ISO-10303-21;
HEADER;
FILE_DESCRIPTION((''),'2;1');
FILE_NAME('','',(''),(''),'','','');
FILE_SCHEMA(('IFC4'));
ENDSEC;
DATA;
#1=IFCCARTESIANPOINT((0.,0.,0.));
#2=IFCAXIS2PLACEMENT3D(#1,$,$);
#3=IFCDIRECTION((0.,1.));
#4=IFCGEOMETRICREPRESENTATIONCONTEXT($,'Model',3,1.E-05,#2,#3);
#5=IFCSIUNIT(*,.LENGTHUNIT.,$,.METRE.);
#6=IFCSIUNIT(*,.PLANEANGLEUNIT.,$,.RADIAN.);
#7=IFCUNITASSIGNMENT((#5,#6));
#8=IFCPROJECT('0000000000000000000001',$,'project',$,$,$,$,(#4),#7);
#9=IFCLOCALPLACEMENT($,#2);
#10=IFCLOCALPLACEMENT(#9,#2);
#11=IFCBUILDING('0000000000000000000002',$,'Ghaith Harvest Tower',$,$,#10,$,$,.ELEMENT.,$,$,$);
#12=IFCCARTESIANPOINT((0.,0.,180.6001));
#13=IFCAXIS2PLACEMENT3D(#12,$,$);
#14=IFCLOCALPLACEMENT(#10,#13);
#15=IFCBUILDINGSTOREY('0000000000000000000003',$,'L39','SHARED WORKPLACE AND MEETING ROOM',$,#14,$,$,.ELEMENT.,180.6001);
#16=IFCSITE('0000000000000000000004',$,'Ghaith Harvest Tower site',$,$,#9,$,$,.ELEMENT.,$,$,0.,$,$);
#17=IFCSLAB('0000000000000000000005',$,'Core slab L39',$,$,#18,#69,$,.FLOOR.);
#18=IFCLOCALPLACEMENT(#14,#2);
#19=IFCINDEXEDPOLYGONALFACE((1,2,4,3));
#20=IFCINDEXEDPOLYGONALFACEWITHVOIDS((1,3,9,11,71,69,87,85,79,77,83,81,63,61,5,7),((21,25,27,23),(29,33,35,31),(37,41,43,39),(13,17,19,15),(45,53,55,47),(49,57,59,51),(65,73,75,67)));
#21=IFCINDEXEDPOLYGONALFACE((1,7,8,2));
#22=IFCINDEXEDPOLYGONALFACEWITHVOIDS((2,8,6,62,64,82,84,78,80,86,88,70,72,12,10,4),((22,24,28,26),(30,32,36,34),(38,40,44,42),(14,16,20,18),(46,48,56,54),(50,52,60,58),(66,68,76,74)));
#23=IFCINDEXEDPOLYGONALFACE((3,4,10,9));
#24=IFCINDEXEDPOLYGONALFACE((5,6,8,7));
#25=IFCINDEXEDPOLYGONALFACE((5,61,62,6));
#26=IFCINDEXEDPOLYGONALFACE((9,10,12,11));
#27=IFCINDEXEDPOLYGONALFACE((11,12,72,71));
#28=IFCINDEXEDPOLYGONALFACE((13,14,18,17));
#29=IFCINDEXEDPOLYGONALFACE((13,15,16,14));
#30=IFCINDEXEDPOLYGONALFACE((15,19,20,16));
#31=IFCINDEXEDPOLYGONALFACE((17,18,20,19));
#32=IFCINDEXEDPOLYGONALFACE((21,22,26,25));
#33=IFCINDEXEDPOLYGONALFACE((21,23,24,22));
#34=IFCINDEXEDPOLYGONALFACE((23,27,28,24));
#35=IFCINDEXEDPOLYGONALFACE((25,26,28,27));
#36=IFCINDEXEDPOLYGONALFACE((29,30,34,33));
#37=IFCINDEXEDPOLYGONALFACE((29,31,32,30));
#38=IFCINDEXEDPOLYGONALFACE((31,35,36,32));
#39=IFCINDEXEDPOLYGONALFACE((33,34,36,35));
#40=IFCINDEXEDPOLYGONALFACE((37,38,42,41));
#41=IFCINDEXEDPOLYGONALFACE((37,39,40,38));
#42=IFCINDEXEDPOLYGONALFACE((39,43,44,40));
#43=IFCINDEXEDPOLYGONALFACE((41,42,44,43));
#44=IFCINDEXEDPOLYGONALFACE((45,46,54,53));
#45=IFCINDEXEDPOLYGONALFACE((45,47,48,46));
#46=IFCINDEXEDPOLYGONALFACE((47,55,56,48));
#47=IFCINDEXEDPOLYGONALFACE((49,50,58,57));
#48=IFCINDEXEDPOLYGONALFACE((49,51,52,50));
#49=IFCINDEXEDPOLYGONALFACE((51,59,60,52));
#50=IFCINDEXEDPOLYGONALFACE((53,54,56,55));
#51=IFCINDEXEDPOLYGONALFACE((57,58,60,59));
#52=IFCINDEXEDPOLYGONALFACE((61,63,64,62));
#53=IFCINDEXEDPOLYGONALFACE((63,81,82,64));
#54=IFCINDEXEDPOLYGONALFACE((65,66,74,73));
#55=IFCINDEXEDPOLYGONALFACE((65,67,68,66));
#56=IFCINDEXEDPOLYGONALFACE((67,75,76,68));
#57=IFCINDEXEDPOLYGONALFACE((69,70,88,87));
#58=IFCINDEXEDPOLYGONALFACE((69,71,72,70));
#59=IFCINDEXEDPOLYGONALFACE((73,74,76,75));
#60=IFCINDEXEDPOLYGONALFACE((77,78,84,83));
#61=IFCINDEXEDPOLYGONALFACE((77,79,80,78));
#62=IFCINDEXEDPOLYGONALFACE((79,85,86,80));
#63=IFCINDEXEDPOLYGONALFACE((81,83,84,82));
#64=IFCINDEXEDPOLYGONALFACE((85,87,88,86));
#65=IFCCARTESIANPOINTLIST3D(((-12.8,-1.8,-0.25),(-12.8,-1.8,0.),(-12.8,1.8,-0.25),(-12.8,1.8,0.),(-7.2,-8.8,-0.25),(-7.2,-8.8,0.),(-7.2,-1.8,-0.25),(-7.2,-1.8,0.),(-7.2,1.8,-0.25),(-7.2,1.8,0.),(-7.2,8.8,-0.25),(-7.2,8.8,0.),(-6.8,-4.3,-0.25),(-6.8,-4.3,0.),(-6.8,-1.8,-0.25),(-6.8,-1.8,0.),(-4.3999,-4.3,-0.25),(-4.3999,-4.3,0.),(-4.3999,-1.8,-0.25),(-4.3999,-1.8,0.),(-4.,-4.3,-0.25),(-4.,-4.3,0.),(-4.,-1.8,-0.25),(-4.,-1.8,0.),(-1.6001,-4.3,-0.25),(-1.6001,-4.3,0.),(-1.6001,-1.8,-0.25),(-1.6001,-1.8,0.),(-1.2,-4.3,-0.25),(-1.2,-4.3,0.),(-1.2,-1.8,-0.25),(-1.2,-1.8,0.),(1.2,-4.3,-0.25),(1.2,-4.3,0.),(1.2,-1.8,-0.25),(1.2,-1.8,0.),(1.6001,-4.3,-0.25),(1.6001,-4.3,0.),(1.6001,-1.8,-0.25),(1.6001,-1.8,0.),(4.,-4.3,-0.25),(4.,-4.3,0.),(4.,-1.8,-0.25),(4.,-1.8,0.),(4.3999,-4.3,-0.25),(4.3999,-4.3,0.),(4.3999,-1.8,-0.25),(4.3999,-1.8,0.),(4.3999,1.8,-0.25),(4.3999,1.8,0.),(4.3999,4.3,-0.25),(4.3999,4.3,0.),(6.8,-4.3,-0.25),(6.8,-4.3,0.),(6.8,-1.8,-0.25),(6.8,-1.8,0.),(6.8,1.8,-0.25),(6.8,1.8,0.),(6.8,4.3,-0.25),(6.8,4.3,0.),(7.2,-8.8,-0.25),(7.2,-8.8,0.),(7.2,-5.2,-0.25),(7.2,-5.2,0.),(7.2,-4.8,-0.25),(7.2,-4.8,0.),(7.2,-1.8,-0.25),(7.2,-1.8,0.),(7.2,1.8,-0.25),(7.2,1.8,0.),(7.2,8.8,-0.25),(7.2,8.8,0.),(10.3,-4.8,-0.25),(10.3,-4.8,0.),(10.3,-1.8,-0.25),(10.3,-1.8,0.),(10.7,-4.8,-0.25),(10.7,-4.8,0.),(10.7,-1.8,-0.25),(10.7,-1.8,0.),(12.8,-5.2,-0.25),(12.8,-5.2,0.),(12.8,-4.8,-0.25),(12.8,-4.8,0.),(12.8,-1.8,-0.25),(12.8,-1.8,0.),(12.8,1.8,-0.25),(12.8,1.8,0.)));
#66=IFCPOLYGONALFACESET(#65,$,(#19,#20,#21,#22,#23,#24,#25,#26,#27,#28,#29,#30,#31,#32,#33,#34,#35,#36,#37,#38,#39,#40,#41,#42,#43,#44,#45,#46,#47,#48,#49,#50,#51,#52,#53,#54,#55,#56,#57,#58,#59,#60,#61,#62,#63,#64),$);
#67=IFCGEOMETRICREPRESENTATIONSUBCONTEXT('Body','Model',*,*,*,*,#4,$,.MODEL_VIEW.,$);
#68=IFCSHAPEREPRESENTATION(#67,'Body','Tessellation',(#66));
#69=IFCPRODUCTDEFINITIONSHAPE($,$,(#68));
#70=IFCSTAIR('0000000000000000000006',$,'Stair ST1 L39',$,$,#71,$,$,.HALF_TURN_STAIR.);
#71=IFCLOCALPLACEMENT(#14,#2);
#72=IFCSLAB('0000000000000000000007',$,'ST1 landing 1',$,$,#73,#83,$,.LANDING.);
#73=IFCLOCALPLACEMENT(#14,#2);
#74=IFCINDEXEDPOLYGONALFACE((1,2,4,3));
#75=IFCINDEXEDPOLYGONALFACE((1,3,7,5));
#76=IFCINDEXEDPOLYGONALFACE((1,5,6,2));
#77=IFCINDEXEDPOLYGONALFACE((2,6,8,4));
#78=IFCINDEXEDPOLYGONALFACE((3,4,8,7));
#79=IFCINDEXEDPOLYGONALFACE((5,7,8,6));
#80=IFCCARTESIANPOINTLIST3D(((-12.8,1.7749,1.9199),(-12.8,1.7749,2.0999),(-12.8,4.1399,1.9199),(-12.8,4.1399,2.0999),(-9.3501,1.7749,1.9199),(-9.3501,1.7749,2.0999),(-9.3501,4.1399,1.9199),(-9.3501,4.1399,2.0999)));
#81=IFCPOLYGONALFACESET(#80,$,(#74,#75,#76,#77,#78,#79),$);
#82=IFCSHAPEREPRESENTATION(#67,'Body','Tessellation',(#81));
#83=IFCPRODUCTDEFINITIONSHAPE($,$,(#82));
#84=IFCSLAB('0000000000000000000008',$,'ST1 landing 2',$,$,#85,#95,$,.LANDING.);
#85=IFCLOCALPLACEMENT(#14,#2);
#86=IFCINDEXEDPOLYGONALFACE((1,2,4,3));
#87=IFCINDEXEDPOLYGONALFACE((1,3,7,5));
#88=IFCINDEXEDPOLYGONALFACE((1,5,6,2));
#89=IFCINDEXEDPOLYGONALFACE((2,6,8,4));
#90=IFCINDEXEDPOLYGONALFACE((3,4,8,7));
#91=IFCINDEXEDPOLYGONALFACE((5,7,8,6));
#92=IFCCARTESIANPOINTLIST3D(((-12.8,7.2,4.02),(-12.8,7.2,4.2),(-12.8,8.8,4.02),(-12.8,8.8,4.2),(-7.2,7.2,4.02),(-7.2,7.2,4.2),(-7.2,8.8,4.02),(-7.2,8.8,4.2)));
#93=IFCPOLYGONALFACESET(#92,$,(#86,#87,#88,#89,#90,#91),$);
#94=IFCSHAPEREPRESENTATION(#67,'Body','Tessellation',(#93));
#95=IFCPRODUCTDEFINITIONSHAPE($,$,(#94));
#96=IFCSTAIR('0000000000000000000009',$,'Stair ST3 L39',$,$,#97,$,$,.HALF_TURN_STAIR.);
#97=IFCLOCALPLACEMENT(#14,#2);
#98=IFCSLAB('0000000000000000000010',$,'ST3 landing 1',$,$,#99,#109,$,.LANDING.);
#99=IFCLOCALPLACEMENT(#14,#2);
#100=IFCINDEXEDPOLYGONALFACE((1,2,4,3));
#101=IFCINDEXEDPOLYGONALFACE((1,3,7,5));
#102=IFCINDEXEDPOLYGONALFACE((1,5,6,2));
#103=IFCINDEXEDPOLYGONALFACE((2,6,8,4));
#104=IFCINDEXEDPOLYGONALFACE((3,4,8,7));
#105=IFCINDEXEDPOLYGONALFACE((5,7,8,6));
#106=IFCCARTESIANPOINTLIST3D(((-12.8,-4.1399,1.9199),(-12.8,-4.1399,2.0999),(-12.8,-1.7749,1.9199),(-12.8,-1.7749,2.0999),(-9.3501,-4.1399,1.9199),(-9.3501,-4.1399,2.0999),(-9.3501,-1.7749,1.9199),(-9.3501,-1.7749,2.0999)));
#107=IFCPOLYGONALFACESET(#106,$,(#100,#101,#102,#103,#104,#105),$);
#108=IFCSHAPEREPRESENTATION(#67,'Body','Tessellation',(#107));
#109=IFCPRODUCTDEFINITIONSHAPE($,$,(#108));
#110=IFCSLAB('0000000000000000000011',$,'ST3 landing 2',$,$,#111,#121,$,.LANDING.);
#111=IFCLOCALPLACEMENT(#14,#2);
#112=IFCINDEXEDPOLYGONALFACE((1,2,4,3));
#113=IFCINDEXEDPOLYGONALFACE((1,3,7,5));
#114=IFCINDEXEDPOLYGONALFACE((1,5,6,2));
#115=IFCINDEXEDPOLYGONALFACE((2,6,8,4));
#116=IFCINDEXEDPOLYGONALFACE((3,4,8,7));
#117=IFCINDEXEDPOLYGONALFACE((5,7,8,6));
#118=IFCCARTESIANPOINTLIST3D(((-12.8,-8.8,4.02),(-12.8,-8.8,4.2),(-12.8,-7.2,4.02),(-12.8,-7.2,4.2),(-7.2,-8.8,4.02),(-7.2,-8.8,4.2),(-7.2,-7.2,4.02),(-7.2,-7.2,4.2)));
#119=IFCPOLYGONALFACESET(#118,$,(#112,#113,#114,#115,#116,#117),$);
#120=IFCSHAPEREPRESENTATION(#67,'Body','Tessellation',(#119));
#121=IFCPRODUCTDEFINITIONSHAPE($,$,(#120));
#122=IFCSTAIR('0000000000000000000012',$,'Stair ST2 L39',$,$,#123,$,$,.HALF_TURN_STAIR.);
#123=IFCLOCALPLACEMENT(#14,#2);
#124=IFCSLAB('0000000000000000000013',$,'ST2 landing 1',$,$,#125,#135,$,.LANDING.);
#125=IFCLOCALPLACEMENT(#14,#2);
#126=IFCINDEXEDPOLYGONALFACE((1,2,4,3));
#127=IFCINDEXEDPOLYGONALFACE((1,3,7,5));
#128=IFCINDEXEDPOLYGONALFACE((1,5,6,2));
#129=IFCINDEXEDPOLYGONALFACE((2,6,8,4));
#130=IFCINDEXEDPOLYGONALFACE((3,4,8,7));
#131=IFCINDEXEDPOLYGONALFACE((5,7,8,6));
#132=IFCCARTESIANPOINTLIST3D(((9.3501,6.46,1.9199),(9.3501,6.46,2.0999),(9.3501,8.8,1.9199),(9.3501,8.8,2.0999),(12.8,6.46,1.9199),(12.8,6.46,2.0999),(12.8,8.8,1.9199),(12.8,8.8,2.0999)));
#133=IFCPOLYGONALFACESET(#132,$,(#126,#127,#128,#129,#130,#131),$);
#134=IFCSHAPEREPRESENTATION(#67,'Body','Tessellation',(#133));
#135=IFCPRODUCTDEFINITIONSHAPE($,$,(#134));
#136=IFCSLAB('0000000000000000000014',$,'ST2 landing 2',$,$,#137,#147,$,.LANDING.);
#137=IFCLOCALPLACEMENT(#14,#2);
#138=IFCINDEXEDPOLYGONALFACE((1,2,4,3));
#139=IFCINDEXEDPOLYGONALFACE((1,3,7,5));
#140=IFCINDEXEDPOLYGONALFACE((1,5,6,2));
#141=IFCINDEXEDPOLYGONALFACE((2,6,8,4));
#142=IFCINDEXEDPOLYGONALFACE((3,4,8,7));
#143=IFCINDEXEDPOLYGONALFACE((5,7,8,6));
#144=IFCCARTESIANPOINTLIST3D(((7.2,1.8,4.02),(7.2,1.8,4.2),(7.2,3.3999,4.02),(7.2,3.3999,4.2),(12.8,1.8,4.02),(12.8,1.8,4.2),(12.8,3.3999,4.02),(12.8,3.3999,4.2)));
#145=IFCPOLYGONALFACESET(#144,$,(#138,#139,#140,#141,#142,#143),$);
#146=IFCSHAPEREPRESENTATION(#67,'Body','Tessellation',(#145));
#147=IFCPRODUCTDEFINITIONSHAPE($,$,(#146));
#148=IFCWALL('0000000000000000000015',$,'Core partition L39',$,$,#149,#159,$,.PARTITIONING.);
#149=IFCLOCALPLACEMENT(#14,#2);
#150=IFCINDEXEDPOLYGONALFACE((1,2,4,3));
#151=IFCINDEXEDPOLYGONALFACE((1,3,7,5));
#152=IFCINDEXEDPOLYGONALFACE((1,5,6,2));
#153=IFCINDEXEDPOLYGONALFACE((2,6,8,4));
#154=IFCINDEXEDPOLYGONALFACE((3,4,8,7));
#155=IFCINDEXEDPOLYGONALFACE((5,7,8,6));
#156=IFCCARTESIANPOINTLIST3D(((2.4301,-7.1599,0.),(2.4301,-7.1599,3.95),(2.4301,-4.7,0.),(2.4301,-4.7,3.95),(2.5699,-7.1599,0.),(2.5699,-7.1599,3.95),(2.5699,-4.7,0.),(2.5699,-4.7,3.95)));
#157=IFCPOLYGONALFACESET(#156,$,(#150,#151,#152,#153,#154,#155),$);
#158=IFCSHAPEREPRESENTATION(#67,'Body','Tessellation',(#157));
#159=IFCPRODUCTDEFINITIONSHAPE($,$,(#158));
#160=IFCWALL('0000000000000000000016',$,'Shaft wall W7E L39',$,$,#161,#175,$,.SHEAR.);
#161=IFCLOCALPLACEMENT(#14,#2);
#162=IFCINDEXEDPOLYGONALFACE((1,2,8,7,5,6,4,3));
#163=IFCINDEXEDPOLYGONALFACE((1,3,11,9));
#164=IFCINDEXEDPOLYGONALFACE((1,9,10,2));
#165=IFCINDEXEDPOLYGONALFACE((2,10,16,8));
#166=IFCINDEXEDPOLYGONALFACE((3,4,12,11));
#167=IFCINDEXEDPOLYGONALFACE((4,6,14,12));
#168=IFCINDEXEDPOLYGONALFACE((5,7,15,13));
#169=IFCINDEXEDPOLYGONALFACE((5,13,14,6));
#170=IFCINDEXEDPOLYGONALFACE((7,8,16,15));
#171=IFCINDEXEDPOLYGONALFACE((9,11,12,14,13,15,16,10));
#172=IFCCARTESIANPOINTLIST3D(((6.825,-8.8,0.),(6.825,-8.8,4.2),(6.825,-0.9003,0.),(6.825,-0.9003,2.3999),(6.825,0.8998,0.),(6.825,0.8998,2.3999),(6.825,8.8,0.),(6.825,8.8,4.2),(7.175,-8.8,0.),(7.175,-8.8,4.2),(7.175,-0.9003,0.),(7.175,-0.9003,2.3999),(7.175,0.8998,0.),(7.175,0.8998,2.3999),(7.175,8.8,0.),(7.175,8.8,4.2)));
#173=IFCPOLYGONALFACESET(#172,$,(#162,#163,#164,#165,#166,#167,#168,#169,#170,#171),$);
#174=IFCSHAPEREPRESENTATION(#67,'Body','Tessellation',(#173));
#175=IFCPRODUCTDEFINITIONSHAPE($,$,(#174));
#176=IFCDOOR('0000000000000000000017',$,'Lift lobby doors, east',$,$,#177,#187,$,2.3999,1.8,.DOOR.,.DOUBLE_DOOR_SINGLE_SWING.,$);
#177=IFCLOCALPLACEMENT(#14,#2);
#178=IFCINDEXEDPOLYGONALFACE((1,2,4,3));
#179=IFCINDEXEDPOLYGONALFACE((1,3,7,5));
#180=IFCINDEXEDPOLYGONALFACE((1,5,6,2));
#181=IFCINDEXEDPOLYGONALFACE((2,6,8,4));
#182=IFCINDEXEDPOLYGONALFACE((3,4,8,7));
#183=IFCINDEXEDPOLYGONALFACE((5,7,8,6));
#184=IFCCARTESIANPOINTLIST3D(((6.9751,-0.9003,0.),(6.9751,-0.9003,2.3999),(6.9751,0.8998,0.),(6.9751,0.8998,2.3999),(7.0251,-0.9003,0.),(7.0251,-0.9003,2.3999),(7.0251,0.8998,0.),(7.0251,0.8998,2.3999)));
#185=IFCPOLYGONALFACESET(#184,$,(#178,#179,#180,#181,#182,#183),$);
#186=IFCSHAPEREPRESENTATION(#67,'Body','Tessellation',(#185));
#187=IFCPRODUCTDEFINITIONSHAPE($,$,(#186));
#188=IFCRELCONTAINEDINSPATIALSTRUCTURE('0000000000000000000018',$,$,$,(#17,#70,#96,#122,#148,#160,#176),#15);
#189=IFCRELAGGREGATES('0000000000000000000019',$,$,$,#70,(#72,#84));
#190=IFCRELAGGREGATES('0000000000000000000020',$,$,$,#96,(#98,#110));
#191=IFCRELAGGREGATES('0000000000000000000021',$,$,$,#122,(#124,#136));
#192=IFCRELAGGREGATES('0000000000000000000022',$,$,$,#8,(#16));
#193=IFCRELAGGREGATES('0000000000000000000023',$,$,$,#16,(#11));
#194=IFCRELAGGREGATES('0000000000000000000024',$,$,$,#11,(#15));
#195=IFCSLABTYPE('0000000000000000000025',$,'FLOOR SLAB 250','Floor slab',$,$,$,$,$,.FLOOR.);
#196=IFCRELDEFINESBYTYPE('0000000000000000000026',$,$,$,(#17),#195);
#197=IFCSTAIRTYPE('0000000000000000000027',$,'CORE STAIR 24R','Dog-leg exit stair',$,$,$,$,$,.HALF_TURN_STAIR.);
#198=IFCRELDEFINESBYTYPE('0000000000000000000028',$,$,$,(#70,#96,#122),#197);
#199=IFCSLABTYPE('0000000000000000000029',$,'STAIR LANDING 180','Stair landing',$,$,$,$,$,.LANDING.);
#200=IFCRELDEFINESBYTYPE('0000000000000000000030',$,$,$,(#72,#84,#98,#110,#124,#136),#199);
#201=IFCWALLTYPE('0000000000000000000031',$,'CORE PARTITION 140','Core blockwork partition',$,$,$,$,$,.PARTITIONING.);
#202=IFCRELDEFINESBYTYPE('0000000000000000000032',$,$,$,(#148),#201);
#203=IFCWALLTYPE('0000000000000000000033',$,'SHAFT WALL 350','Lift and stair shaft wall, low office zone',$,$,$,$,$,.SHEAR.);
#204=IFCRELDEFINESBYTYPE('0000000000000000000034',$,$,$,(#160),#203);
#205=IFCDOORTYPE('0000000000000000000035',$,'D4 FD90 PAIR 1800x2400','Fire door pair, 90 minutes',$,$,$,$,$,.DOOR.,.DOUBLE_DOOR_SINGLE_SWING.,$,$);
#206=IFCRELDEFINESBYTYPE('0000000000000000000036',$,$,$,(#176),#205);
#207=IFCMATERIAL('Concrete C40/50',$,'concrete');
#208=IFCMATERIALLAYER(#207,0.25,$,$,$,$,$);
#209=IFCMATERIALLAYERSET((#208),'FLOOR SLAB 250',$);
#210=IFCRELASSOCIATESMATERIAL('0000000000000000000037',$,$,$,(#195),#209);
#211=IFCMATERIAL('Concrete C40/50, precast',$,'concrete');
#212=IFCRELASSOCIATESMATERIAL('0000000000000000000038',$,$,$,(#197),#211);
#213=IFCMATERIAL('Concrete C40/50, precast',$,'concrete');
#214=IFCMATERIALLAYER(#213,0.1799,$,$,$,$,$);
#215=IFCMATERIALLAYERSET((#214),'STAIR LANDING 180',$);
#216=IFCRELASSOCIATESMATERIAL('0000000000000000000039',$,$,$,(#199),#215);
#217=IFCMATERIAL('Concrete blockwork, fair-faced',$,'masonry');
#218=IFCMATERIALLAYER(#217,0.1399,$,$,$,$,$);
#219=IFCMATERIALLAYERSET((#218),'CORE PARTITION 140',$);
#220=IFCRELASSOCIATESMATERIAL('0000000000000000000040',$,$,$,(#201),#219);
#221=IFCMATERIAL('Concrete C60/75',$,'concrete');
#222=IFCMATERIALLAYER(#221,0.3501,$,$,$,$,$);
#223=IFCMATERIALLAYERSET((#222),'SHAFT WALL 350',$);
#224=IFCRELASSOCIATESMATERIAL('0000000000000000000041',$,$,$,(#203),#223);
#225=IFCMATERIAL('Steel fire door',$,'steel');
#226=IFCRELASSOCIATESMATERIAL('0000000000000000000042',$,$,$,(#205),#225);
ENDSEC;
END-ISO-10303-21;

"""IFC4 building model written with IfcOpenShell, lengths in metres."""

from ifc_helpers import new_model, si_unit, direction, frame, frame_2d, origin, place, context, subcontext, project, spatial, polyline, rectangle, outline, extrude, material, layer, layer_set, type_object, element, fill, aggregate, save


model = new_model("IFC4")

# Units and contexts
model_context = context("Model", 3, precision=1e-05, world=origin(), true_north=direction((0.0, 1.0)))
body_context = subcontext(model_context, "Body", "Model", "MODEL_VIEW")
ifc_project = project(units=[si_unit("LENGTHUNIT", "METRE"), si_unit("PLANEANGLEUNIT", "RADIAN")], contexts=[model_context])

# Site, building, storey
site_placement = place(None, origin())
site = spatial("IfcSite", under=ifc_project, at=site_placement, Name="Ghaith Harvest Tower site", CompositionType="ELEMENT", RefElevation=0.0)
building_placement = place(site_placement, origin())
building = spatial("IfcBuilding", under=site, at=building_placement, Name="Ghaith Harvest Tower", CompositionType="ELEMENT")
storey_placement = place(building_placement, frame((0.0, 0.0, 180.6001)))
storey = spatial("IfcBuildingStorey", under=building, at=storey_placement, Name="L39", Description="SHARED WORKPLACE AND MEETING ROOM", CompositionType="ELEMENT", Elevation=180.6001)

# Slab
ifc_material_1 = material(Name="Concrete C40/50", Category="concrete")
ifc_layer_1 = layer(ifc_material_1, 0.25)
ifc_layer_set_1 = layer_set([ifc_layer_1], Name="FLOOR SLAB 250")
slab_type_1 = type_object("IfcSlabType", Name="FLOOR SLAB 250", Description="Floor slab", PredefinedType="FLOOR", material=ifc_layer_set_1)
slab_1_placement = place(storey_placement, frame((0.0, 0.0, -0.25)))
element("IfcSlab", 1, at=slab_1_placement, inside=storey, type_object=slab_type_1, Name="Core slab L39", PredefinedType="FLOOR", context=body_context, shape_type="SweptSolid", body=[
    extrude(outline(polyline([(-12.8, 1.8), (-7.2, 1.8), (-7.2, 8.8), (7.2, 8.8), (7.2, 1.8), (12.8, 1.8), (12.8, -1.8), (10.7, -1.8), (10.7, -4.8), (12.8, -4.8), (12.8, -5.2), (7.2, -5.2), (7.2, -8.8), (-7.2, -8.8), (-7.2, -1.8), (-12.8, -1.8), (-12.8, 1.8)]), holes=[polyline([(-4.3999, -4.3), (-4.3999, -1.8), (-6.8, -1.8), (-6.8, -4.3), (-4.3999, -4.3)]), polyline([(-1.6001, -4.3), (-1.6001, -1.8), (-4.0, -1.8), (-4.0, -4.3), (-1.6001, -4.3)]), polyline([(1.2, -1.8), (-1.2, -1.8), (-1.2, -4.3), (1.2, -4.3), (1.2, -1.8)]), polyline([(4.0, -4.3), (4.0, -1.8), (1.6001, -1.8), (1.6001, -4.3), (4.0, -4.3)]), polyline([(10.3, -4.8), (10.3, -1.8), (7.2, -1.8), (7.2, -4.8), (10.3, -4.8)]), polyline([(6.8, -1.8), (4.3999, -1.8), (4.3999, -4.3), (6.8, -4.3), (6.8, -1.8)]), polyline([(6.8, 1.8), (6.8, 4.3), (4.3999, 4.3), (4.3999, 1.8), (6.8, 1.8)])]), origin(), (0.0, 0.0, 1.0), 0.25),
])

# Stairs, slabs
ifc_material_2 = material(Name="Concrete C40/50, precast", Category="concrete")
stair_type = type_object("IfcStairType", Name="CORE STAIR 24R", Description="Dog-leg exit stair", PredefinedType="HALF_TURN_STAIR", material=ifc_material_2)
stair_1_placement = place(storey_placement, origin())
stair_1 = element("IfcStair", 2, at=stair_1_placement, inside=storey, type_object=stair_type, Name="Stair ST1 L39", PredefinedType="HALF_TURN_STAIR")
ifc_material_3 = material(Name="Concrete C40/50, precast", Category="concrete")
ifc_layer_2 = layer(ifc_material_3, 0.1799)
ifc_layer_set_2 = layer_set([ifc_layer_2], Name="STAIR LANDING 180")
slab_type_2 = type_object("IfcSlabType", Name="STAIR LANDING 180", Description="Stair landing", PredefinedType="LANDING", material=ifc_layer_set_2)
slab_2_placement = place(storey_placement, frame((0.0, 0.0, 1.9199)))
slab_2 = element("IfcSlab", 3, at=slab_2_placement, type_object=slab_type_2, Name="ST1 landing 1", PredefinedType="LANDING", context=body_context, shape_type="SweptSolid", body=[
    extrude(outline(polyline([(-12.8, 4.1399), (-12.8, 1.7749), (-9.3501, 1.7749), (-9.3501, 4.1399), (-12.8, 4.1399)])), origin(), (0.0, 0.0, 1.0), 0.1799),
])
slab_3_placement = place(storey_placement, frame((0.0, 0.0, 4.02)))
slab_3 = element("IfcSlab", 4, at=slab_3_placement, type_object=slab_type_2, Name="ST1 landing 2", PredefinedType="LANDING", context=body_context, shape_type="SweptSolid", body=[
    extrude(outline(polyline([(-12.8, 8.8), (-12.8, 7.2), (-7.2, 7.2), (-7.2, 8.8), (-12.8, 8.8)])), origin(), (0.0, 0.0, 1.0), 0.1799),
])
aggregate(stair_1, [slab_2, slab_3])
stair_2_placement = place(storey_placement, origin())
stair_2 = element("IfcStair", 5, at=stair_2_placement, inside=storey, type_object=stair_type, Name="Stair ST3 L39", PredefinedType="HALF_TURN_STAIR")
slab_4_placement = place(storey_placement, frame((0.0, 0.0, 1.9199)))
slab_4 = element("IfcSlab", 6, at=slab_4_placement, type_object=slab_type_2, Name="ST3 landing 1", PredefinedType="LANDING", context=body_context, shape_type="SweptSolid", body=[
    extrude(outline(polyline([(-12.8, -4.1399), (-12.8, -1.7749), (-9.3501, -1.7749), (-9.3501, -4.1399), (-12.8, -4.1399)])), origin(), (0.0, 0.0, 1.0), 0.1799),
])
slab_5_placement = place(storey_placement, frame((0.0, 0.0, 4.02)))
slab_5 = element("IfcSlab", 7, at=slab_5_placement, type_object=slab_type_2, Name="ST3 landing 2", PredefinedType="LANDING", context=body_context, shape_type="SweptSolid", body=[
    extrude(outline(polyline([(-12.8, -8.8), (-12.8, -7.2), (-7.2, -7.2), (-7.2, -8.8), (-12.8, -8.8)])), origin(), (0.0, 0.0, 1.0), 0.1799),
])
aggregate(stair_2, [slab_4, slab_5])
stair_3_placement = place(storey_placement, origin())
stair_3 = element("IfcStair", 8, at=stair_3_placement, inside=storey, type_object=stair_type, Name="Stair ST2 L39", PredefinedType="HALF_TURN_STAIR")
slab_6_placement = place(storey_placement, frame((0.0, 0.0, 1.9199)))
slab_6 = element("IfcSlab", 9, at=slab_6_placement, type_object=slab_type_2, Name="ST2 landing 1", PredefinedType="LANDING", context=body_context, shape_type="SweptSolid", body=[
    extrude(outline(polyline([(12.8, 6.46), (12.8, 8.8), (9.3501, 8.8), (9.3501, 6.46), (12.8, 6.46)])), origin(), (0.0, 0.0, 1.0), 0.1799),
])
slab_7_placement = place(storey_placement, frame((0.0, 0.0, 4.02)))
slab_7 = element("IfcSlab", 10, at=slab_7_placement, type_object=slab_type_2, Name="ST2 landing 2", PredefinedType="LANDING", context=body_context, shape_type="SweptSolid", body=[
    extrude(outline(polyline([(12.8, 1.8), (12.8, 3.3999), (7.2, 3.3999), (7.2, 1.8), (12.8, 1.8)])), origin(), (0.0, 0.0, 1.0), 0.1799),
])
aggregate(stair_3, [slab_6, slab_7])

# Wall
ifc_material_4 = material(Name="Concrete blockwork, fair-faced", Category="masonry")
ifc_layer_3 = layer(ifc_material_4, 0.1399)
ifc_layer_set_3 = layer_set([ifc_layer_3], Name="CORE PARTITION 140")
wall_type_1 = type_object("IfcWallType", Name="CORE PARTITION 140", Description="Core blockwork partition", PredefinedType="PARTITIONING", material=ifc_layer_set_3)
wall_1_placement = place(storey_placement, frame((2.5, -4.7, 0.0), z_axis=(0.0, 0.0, 1.0), x_axis=(0.0, -1.0, 0.0)))
element("IfcWall", 11, at=wall_1_placement, inside=storey, type_object=wall_type_1, Name="Core partition L39", PredefinedType="PARTITIONING", context=body_context, shape_type="SweptSolid", body=[
    extrude(rectangle(XDim=2.46, YDim=0.1399, at=frame_2d((1.23, 0.0))), origin(), (0.0, 0.0, 1.0), 3.95),
])

# Wall, opening, door
ifc_material_5 = material(Name="Concrete C60/75", Category="concrete")
ifc_layer_4 = layer(ifc_material_5, 0.3501)
ifc_layer_set_4 = layer_set([ifc_layer_4], Name="SHAFT WALL 350")
wall_type_2 = type_object("IfcWallType", Name="SHAFT WALL 350", Description="Lift and stair shaft wall, low office zone", PredefinedType="SHEAR", material=ifc_layer_set_4)
wall_2_placement = place(storey_placement, frame((7.0, -8.8, 0.0), z_axis=(0.0, 0.0, 1.0), x_axis=(0.0, 1.0, 0.0)))
wall_2 = element("IfcWall", 12, at=wall_2_placement, inside=storey, type_object=wall_type_2, Name="Shaft wall W7E L39", PredefinedType="SHEAR", context=body_context, shape_type="SweptSolid", body=[
    extrude(rectangle(XDim=17.6001, YDim=0.3501, at=frame_2d((8.8, 0.0))), origin(), (0.0, 0.0, 1.0), 4.2),
])
opening_1_placement = place(wall_2_placement, frame((7.8999, 0.0, 0.0)))
opening_1 = element("IfcOpeningElement", 13, at=opening_1_placement, cuts=wall_2, PredefinedType="OPENING", context=body_context, shape_type="SweptSolid", body=[
    extrude(rectangle(XDim=1.8, YDim=2.3999, at=frame_2d((0.8999, 1.2))), frame((0.0, 0.1851, 0.0), z_axis=(0.0, -1.0, 0.0), x_axis=(1.0, 0.0, 0.0)), (0.0, 0.0, 1.0), 0.3701),
])
ifc_material_6 = material(Name="Steel fire door", Category="steel")
door_type_1 = type_object("IfcDoorType", Name="D4 FD90 PAIR 1800x2400", Description="Fire door pair, 90 minutes", OperationType="DOUBLE_DOOR_SINGLE_SWING", PredefinedType="DOOR", material=ifc_material_6)
door_1_placement = place(opening_1_placement, origin())
door_1 = element("IfcDoor", 14, at=door_1_placement, inside=storey, type_object=door_type_1, Name="Lift lobby doors, east", OperationType="DOUBLE_DOOR_SINGLE_SWING", OverallHeight=2.3999, OverallWidth=1.8, PredefinedType="DOOR", context=body_context, shape_type="SweptSolid", body=[
    extrude(rectangle(XDim=1.8, YDim=2.3999, at=frame_2d((0.8999, 1.2))), frame((0.0, 0.0249, 0.0), z_axis=(0.0, -1.0, 0.0), x_axis=(1.0, 0.0, 0.0)), (0.0, 0.0, 1.0), 0.05),
])
fill(opening_1, door_1)

save(model, "model.ifc")
